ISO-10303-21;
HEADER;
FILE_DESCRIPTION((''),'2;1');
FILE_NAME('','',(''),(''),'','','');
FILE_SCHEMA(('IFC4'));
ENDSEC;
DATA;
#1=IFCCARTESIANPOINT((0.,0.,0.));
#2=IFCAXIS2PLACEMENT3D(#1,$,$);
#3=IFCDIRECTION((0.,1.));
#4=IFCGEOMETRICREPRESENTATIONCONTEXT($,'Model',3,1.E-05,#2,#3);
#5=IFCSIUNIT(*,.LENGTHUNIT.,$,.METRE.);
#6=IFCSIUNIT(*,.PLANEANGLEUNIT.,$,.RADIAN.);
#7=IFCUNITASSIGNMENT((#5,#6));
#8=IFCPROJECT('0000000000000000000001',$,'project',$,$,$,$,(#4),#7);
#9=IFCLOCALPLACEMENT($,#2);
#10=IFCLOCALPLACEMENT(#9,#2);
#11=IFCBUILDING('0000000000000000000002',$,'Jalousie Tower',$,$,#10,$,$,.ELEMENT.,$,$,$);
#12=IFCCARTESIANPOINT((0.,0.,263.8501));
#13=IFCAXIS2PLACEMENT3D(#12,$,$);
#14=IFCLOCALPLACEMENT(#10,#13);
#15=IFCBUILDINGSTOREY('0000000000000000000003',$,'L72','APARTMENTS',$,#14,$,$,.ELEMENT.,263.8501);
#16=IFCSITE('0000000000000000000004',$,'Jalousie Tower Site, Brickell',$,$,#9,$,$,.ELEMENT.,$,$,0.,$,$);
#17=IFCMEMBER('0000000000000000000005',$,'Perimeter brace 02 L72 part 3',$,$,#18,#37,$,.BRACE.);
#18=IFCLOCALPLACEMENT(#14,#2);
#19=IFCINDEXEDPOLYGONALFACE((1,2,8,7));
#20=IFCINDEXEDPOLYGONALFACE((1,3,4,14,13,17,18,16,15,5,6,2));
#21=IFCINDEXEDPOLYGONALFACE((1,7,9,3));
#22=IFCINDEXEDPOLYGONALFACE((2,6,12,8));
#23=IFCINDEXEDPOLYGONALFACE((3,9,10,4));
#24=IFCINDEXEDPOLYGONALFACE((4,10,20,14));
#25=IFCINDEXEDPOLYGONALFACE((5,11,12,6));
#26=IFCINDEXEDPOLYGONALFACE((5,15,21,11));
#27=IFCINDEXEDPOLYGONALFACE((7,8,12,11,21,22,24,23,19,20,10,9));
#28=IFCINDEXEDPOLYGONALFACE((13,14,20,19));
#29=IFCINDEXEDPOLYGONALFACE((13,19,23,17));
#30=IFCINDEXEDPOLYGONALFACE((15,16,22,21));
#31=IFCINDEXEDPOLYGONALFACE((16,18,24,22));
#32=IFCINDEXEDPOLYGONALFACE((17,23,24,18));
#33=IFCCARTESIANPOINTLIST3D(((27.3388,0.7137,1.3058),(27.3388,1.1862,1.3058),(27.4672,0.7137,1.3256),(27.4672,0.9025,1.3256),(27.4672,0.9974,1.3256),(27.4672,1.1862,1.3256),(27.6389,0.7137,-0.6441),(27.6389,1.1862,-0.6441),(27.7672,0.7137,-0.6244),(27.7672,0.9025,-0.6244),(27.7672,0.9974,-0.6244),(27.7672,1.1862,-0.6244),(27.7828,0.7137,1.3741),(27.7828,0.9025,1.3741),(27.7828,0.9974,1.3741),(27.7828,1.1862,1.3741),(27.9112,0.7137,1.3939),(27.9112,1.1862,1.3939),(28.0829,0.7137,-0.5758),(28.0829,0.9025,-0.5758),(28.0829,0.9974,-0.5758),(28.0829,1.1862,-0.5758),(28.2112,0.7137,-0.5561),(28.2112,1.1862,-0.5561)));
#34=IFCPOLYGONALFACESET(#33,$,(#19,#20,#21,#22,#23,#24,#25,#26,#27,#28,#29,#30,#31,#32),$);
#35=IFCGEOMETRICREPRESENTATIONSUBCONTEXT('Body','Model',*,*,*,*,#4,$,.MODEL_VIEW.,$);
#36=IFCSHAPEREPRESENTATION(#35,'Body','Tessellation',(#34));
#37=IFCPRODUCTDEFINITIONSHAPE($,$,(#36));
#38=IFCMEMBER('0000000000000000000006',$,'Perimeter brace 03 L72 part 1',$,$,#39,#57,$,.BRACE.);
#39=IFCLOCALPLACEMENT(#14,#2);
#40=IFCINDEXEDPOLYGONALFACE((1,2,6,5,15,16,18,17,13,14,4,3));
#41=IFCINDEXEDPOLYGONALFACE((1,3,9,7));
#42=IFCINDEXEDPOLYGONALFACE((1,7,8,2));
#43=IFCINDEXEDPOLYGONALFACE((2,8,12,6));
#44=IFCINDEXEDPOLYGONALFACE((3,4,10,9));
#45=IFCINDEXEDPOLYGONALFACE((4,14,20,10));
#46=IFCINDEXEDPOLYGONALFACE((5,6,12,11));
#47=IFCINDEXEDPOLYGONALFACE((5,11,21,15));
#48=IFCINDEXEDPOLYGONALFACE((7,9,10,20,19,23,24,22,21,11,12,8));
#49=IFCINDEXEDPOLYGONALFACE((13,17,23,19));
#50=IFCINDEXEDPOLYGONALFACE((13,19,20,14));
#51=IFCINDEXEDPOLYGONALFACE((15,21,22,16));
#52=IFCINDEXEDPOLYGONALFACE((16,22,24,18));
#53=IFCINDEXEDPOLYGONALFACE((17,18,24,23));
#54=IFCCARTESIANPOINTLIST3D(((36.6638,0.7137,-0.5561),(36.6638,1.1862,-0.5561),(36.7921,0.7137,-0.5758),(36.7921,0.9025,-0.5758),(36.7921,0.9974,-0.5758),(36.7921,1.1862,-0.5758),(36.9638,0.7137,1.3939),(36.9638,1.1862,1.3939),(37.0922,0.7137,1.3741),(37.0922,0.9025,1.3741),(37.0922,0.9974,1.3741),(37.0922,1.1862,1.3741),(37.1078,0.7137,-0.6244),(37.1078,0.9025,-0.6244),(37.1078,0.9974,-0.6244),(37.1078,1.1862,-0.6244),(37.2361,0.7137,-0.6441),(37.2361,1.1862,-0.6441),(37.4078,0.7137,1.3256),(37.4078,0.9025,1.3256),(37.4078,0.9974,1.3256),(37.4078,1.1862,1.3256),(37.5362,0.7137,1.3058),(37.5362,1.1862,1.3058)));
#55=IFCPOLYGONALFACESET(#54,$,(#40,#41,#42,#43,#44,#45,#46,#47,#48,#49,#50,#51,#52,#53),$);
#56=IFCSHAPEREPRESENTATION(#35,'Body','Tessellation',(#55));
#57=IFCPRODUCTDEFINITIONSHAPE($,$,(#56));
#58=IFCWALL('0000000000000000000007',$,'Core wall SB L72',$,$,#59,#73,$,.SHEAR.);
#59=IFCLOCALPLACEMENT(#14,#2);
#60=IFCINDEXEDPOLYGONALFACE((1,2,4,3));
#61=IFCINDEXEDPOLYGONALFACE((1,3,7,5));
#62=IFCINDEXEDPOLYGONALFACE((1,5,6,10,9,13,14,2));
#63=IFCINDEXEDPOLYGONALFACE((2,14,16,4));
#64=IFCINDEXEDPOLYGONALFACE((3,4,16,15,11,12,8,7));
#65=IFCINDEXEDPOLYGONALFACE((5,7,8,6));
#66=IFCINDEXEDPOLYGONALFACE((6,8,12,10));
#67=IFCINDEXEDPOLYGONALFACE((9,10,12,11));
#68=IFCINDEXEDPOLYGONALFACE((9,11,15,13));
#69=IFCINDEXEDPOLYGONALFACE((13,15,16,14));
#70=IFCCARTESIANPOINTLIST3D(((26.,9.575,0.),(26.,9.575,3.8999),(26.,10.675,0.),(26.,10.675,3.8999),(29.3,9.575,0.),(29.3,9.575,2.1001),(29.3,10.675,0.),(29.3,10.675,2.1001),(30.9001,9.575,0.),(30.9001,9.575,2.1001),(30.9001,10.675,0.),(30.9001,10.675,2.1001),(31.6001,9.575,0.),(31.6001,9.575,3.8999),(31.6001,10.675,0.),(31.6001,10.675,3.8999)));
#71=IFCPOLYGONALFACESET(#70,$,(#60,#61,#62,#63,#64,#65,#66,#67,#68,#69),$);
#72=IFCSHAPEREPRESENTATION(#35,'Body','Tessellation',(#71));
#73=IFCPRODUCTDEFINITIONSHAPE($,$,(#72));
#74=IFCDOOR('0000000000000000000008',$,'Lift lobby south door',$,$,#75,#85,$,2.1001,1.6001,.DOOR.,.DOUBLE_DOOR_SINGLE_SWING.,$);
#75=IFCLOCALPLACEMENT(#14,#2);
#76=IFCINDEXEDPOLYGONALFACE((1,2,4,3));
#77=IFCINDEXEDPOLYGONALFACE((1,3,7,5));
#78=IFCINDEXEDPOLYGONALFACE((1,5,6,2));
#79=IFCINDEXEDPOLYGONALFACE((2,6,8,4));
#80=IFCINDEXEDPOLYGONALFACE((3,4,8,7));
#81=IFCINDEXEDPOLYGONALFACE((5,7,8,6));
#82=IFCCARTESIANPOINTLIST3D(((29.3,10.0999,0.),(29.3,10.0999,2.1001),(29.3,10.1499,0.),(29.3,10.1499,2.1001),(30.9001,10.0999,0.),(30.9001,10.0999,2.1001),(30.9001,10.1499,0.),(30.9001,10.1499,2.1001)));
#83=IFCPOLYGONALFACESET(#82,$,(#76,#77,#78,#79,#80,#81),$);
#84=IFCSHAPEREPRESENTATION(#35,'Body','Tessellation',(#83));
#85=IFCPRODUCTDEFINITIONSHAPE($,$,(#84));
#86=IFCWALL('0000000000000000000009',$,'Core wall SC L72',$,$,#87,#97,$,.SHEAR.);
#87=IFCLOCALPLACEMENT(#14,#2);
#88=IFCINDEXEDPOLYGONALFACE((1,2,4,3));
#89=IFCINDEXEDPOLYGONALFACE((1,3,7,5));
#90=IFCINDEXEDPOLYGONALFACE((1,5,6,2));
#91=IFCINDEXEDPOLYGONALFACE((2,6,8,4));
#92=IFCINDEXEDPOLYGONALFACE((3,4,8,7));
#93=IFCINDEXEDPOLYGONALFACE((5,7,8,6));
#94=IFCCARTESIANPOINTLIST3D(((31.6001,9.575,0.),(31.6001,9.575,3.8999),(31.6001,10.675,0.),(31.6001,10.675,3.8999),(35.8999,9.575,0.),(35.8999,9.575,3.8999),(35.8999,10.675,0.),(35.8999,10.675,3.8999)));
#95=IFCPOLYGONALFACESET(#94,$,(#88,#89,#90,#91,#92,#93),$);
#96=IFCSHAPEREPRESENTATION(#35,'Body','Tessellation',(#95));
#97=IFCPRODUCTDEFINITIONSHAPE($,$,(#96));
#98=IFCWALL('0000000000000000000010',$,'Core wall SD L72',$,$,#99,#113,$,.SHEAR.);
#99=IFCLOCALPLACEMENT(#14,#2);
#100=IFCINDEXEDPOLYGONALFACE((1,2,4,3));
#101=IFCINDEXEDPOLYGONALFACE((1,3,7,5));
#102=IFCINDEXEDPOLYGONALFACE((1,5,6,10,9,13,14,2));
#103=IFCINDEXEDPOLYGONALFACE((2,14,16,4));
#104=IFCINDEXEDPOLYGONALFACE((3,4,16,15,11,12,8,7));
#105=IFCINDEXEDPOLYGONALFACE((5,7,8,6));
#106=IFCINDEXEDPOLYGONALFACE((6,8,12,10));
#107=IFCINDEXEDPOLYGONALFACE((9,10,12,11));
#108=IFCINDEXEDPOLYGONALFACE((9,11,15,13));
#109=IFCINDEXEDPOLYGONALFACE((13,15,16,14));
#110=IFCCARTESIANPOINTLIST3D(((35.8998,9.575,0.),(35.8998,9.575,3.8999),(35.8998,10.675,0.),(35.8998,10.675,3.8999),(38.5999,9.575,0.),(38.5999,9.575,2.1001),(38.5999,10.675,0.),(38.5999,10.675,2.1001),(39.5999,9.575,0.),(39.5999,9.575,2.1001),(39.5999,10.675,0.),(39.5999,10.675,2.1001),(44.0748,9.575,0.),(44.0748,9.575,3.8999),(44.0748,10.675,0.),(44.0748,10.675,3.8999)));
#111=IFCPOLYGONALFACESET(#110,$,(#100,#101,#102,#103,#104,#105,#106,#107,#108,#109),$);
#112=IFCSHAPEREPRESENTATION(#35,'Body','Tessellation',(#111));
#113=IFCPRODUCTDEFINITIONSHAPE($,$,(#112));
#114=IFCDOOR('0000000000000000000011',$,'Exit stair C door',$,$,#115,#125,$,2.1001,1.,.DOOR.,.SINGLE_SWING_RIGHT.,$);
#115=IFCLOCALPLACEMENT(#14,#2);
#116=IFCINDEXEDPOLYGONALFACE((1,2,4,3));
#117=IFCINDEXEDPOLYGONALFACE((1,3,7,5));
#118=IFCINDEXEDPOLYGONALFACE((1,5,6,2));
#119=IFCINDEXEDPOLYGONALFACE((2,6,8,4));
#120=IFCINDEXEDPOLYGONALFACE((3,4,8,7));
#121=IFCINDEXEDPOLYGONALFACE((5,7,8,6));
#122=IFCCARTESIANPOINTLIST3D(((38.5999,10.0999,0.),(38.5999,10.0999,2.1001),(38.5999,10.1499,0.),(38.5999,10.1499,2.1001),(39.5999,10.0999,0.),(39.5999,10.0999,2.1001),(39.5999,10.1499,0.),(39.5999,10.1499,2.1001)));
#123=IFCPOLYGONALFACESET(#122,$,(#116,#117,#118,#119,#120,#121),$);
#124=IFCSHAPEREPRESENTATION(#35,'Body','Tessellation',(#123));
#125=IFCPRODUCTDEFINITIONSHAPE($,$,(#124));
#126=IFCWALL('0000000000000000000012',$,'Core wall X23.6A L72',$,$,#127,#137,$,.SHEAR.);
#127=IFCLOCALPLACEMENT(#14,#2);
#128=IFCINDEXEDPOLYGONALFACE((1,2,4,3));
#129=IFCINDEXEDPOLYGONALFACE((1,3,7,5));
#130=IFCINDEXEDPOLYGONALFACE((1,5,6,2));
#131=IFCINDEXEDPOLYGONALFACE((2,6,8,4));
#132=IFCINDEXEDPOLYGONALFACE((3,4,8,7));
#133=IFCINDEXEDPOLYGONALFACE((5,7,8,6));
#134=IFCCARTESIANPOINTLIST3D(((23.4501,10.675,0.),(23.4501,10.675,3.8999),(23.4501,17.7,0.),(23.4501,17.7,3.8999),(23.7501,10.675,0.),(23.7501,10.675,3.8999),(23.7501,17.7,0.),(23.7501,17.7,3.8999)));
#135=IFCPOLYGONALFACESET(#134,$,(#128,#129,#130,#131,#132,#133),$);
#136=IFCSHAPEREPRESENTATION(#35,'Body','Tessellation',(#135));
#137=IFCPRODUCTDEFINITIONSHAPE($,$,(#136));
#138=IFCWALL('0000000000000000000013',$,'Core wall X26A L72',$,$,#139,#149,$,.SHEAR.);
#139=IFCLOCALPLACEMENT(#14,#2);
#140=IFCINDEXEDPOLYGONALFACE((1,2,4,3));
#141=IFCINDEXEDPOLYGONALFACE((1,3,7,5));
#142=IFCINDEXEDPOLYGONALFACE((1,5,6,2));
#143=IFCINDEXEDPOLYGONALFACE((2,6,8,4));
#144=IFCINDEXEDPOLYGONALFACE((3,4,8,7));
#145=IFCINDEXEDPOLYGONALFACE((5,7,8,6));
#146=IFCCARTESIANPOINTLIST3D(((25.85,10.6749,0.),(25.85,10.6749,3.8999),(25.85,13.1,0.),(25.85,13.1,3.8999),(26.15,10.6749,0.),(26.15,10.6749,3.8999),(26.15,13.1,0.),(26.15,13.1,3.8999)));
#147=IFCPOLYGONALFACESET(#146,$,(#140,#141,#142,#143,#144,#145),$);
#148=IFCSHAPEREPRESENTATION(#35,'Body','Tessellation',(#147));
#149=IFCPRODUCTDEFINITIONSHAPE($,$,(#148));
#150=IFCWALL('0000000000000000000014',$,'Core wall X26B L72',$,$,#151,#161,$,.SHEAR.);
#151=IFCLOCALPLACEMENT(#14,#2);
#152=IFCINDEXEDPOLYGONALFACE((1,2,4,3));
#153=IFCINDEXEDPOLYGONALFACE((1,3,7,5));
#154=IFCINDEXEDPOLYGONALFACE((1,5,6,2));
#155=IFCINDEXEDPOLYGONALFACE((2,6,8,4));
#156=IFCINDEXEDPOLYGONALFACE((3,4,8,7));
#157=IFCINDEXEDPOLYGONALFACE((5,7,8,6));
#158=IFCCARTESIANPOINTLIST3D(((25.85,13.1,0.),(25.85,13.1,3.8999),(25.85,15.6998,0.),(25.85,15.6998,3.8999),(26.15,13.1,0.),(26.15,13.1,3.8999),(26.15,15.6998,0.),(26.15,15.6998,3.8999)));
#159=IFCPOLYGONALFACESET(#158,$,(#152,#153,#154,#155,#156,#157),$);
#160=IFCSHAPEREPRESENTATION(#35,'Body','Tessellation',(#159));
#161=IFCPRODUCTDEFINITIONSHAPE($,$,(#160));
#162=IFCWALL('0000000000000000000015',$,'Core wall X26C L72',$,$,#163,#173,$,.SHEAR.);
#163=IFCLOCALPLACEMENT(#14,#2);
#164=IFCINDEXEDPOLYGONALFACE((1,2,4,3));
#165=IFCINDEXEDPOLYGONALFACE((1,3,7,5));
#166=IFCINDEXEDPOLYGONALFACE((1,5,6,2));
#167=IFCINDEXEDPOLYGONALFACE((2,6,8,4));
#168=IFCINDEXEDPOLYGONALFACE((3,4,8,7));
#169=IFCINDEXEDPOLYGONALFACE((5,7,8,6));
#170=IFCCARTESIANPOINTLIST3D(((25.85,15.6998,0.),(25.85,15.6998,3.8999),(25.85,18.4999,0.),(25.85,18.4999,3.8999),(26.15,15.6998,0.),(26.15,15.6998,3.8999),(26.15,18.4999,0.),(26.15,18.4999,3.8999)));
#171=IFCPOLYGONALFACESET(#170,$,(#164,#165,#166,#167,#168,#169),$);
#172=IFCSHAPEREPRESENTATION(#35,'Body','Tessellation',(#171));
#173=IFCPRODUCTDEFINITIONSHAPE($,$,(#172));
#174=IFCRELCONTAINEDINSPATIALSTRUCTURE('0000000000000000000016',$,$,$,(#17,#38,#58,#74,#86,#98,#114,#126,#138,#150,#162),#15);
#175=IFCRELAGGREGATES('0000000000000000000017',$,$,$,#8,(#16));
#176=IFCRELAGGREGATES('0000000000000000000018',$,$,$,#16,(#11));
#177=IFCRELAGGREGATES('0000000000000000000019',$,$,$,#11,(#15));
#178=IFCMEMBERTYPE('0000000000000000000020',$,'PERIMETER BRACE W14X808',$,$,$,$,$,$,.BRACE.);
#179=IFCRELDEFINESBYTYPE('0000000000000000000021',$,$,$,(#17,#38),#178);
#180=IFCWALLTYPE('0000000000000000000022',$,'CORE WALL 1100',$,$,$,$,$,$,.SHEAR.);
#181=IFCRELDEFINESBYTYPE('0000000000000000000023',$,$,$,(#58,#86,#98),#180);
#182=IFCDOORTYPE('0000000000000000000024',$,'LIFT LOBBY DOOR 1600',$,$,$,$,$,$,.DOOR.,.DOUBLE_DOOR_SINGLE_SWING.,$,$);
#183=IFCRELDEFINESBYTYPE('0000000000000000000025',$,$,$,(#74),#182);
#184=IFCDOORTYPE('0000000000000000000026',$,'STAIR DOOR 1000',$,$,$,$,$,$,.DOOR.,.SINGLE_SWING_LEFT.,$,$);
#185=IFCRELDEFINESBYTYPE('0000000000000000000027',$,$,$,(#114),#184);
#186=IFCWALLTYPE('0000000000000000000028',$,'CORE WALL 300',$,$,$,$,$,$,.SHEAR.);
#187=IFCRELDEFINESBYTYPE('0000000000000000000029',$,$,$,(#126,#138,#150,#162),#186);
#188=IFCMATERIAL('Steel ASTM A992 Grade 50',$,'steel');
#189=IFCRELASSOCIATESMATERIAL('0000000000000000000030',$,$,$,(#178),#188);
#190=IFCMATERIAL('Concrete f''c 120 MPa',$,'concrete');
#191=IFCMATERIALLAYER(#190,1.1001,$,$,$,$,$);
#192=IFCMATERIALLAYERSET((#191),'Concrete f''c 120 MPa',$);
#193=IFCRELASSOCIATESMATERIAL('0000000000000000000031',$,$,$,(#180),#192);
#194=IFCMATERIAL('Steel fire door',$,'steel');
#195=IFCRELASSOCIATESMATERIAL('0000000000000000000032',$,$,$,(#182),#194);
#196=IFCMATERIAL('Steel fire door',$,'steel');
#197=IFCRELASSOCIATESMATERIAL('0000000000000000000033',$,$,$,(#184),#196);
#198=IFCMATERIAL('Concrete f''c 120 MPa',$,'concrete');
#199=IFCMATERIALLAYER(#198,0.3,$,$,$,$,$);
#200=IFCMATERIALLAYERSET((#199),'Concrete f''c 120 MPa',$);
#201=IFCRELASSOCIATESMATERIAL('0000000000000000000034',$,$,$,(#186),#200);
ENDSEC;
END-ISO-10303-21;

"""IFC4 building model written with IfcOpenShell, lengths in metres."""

from ifc_helpers import new_model, si_unit, direction, frame, frame_2d, origin, origin_2d, place, context, subcontext, project, spatial, rectangle, i_section, extrude, material, layer, layer_set, material_profile, profile_set, type_object, element, fill, save


model = new_model("IFC4")

# Units and contexts
model_context = context("Model", 3, precision=1e-05, world=origin(), true_north=direction((0.0, 1.0)))
body_context = subcontext(model_context, "Body", "Model", "MODEL_VIEW")
ifc_project = project(units=[si_unit("LENGTHUNIT", "METRE"), si_unit("PLANEANGLEUNIT", "RADIAN")], contexts=[model_context])

# Site, building, storey
site_placement = place(None, origin())
site = spatial("IfcSite", under=ifc_project, at=site_placement, Name="Jalousie Tower Site, Brickell", CompositionType="ELEMENT", RefElevation=0.0)
building_placement = place(site_placement, origin())
building = spatial("IfcBuilding", under=site, at=building_placement, Name="Jalousie Tower", CompositionType="ELEMENT")
storey_placement = place(building_placement, frame((0.0, 0.0, 263.8501)))
storey = spatial("IfcBuildingStorey", under=building, at=storey_placement, Name="L72", Description="APARTMENTS", CompositionType="ELEMENT", Elevation=263.8501)

# Members
ifc_material_1 = material(Name="Steel ASTM A992 Grade 50", Category="steel")
ifc_material_profile = material_profile(ifc_material_1, i_section(OverallWidth=0.4724, OverallDepth=0.5791, WebThickness=0.095, FlangeThickness=0.1299, at=origin_2d()), Name="W14X808")
ifc_profile_set = profile_set([ifc_material_profile], Name="Steel ASTM A992 Grade 50")
member_type = type_object("IfcMemberType", Name="PERIMETER BRACE W14X808", PredefinedType="BRACE", material=ifc_profile_set)
for number, where, z_axis, x_axis, name in (
    (1, (27.925, 0.95, -0.6001), (-0.152085, 0.0, 0.988367), (0.0, -1.0, 0.0), "Perimeter brace 02 L72 part 3"),
    (2, (36.95, 0.95, -0.6001), (0.152085, 0.0, 0.988367), (0.0, 1.0, 0.0), "Perimeter brace 03 L72 part 1"),
):
    element("IfcMember", number, at=place(storey_placement, frame(where, z_axis=z_axis, x_axis=x_axis)), inside=storey, type_object=member_type, Name=name, PredefinedType="BRACE", context=body_context, shape_type="SweptSolid", body=[
        extrude(i_section(OverallWidth=0.4724, OverallDepth=0.5791, WebThickness=0.095, FlangeThickness=0.1299, at=origin_2d()), origin(), (0.0, 0.0, 1.0), 1.9729),
    ])

# Wall, opening, door
ifc_material_2 = material(Name="Concrete f'c 120 MPa", Category="concrete")
ifc_layer_1 = layer(ifc_material_2, 1.1001)
ifc_layer_set_1 = layer_set([ifc_layer_1], Name="Concrete f'c 120 MPa")
wall_type_1 = type_object("IfcWallType", Name="CORE WALL 1100", PredefinedType="SHEAR", material=ifc_layer_set_1)
wall_1_placement = place(storey_placement, frame((26.0, 10.125, 0.0), z_axis=(0.0, 0.0, 1.0), x_axis=(1.0, 0.0, 0.0)))
wall_1 = element("IfcWall", 3, at=wall_1_placement, inside=storey, type_object=wall_type_1, Name="Core wall SB L72", PredefinedType="SHEAR", context=body_context, shape_type="SweptSolid", body=[
    extrude(rectangle(XDim=5.6001, YDim=1.1001, at=frame_2d((2.8, 0.0))), origin(), (0.0, 0.0, 1.0), 3.8999),
])
opening_1_placement = place(wall_1_placement, frame((3.3, 0.0, 0.0)))
opening_1 = element("IfcOpeningElement", 4, at=opening_1_placement, cuts=wall_1, PredefinedType="OPENING", context=body_context, shape_type="SweptSolid", body=[
    extrude(rectangle(XDim=1.6001, YDim=2.1001, at=frame_2d((0.8, 1.05))), frame((0.0, 0.5601, 0.0), z_axis=(0.0, -1.0, 0.0), x_axis=(1.0, 0.0, 0.0)), (0.0, 0.0, 1.0), 1.1201),
])
ifc_material_3 = material(Name="Steel fire door", Category="steel")
door_type_1 = type_object("IfcDoorType", Name="LIFT LOBBY DOOR 1600", OperationType="DOUBLE_DOOR_SINGLE_SWING", PredefinedType="DOOR", material=ifc_material_3)
door_1_placement = place(opening_1_placement, origin())
door_1 = element("IfcDoor", 5, at=door_1_placement, inside=storey, type_object=door_type_1, Name="Lift lobby south door", OperationType="DOUBLE_DOOR_SINGLE_SWING", OverallHeight=2.1001, OverallWidth=1.6001, PredefinedType="DOOR", context=body_context, shape_type="SweptSolid", body=[
    extrude(rectangle(XDim=1.6001, YDim=2.1001, at=frame_2d((0.8, 1.05))), frame((0.0, 0.0249, 0.0), z_axis=(0.0, -1.0, 0.0), x_axis=(1.0, 0.0, 0.0)), (0.0, 0.0, 1.0), 0.05),
])
fill(opening_1, door_1)

# Wall
wall_2_placement = place(storey_placement, frame((31.6001, 10.125, 0.0), z_axis=(0.0, 0.0, 1.0), x_axis=(1.0, 0.0, 0.0)))
element("IfcWall", 6, at=wall_2_placement, inside=storey, type_object=wall_type_1, Name="Core wall SC L72", PredefinedType="SHEAR", context=body_context, shape_type="SweptSolid", body=[
    extrude(rectangle(XDim=4.2998, YDim=1.1001, at=frame_2d((2.1499, 0.0))), origin(), (0.0, 0.0, 1.0), 3.8999),
])

# Wall, opening, door
wall_3_placement = place(storey_placement, frame((35.8999, 10.125, 0.0), z_axis=(0.0, 0.0, 1.0), x_axis=(1.0, 0.0, 0.0)))
wall_3 = element("IfcWall", 7, at=wall_3_placement, inside=storey, type_object=wall_type_1, Name="Core wall SD L72", PredefinedType="SHEAR", context=body_context, shape_type="SweptSolid", body=[
    extrude(rectangle(XDim=8.175, YDim=1.1001, at=frame_2d((4.0874, 0.0))), origin(), (0.0, 0.0, 1.0), 3.8999),
])
opening_2_placement = place(wall_3_placement, frame((2.7, 0.0, 0.0)))
opening_2 = element("IfcOpeningElement", 8, at=opening_2_placement, cuts=wall_3, PredefinedType="OPENING", context=body_context, shape_type="SweptSolid", body=[
    extrude(rectangle(XDim=1.0, YDim=2.1001, at=frame_2d((0.5, 1.05))), frame((0.0, 0.5601, 0.0), z_axis=(0.0, -1.0, 0.0), x_axis=(1.0, 0.0, 0.0)), (0.0, 0.0, 1.0), 1.1201),
])
ifc_material_4 = material(Name="Steel fire door", Category="steel")
door_type_2 = type_object("IfcDoorType", Name="STAIR DOOR 1000", OperationType="SINGLE_SWING_LEFT", PredefinedType="DOOR", material=ifc_material_4)
door_2_placement = place(opening_2_placement, origin())
door_2 = element("IfcDoor", 9, at=door_2_placement, inside=storey, type_object=door_type_2, Name="Exit stair C door", OperationType="SINGLE_SWING_RIGHT", OverallHeight=2.1001, OverallWidth=1.0, PredefinedType="DOOR", context=body_context, shape_type="SweptSolid", body=[
    extrude(rectangle(XDim=1.0, YDim=2.1001, at=frame_2d((0.5, 1.05))), frame((0.0, 0.0249, 0.0), z_axis=(0.0, -1.0, 0.0), x_axis=(1.0, 0.0, 0.0)), (0.0, 0.0, 1.0), 0.05),
])
fill(opening_2, door_2)

# Walls
ifc_material_5 = material(Name="Concrete f'c 120 MPa", Category="concrete")
ifc_layer_2 = layer(ifc_material_5, 0.3)
ifc_layer_set_2 = layer_set([ifc_layer_2], Name="Concrete f'c 120 MPa")
wall_type_2 = type_object("IfcWallType", Name="CORE WALL 300", PredefinedType="SHEAR", material=ifc_layer_set_2)
wall_4_placement = place(storey_placement, frame((23.6001, 10.675, 0.0), z_axis=(0.0, 0.0, 1.0), x_axis=(0.0, 1.0, 0.0)))
element("IfcWall", 10, at=wall_4_placement, inside=storey, type_object=wall_type_2, Name="Core wall X23.6A L72", PredefinedType="SHEAR", context=body_context, shape_type="SweptSolid", body=[
    extrude(rectangle(XDim=7.0249, YDim=0.3, at=frame_2d((3.5125, 0.0))), origin(), (0.0, 0.0, 1.0), 3.8999),
])
wall_5_placement = place(storey_placement, frame((26.0, 10.675, 0.0), z_axis=(0.0, 0.0, 1.0), x_axis=(0.0, 1.0, 0.0)))
element("IfcWall", 11, at=wall_5_placement, inside=storey, type_object=wall_type_2, Name="Core wall X26A L72", PredefinedType="SHEAR", context=body_context, shape_type="SweptSolid", body=[
    extrude(rectangle(XDim=2.425, YDim=0.3, at=frame_2d((1.2124, 0.0))), origin(), (0.0, 0.0, 1.0), 3.8999),
])
wall_6_placement = place(storey_placement, frame((26.0, 13.1001, 0.0), z_axis=(0.0, 0.0, 1.0), x_axis=(0.0, 1.0, 0.0)))
element("IfcWall", 12, at=wall_6_placement, inside=storey, type_object=wall_type_2, Name="Core wall X26B L72", PredefinedType="SHEAR", context=body_context, shape_type="SweptSolid", body=[
    extrude(rectangle(XDim=2.5999, YDim=0.3, at=frame_2d((1.2998, 0.0))), origin(), (0.0, 0.0, 1.0), 3.8999),
])
wall_7_placement = place(storey_placement, frame((26.0, 15.7, 0.0), z_axis=(0.0, 0.0, 1.0), x_axis=(0.0, 1.0, 0.0)))
element("IfcWall", 13, at=wall_7_placement, inside=storey, type_object=wall_type_2, Name="Core wall X26C L72", PredefinedType="SHEAR", context=body_context, shape_type="SweptSolid", body=[
    extrude(rectangle(XDim=2.8, YDim=0.3, at=frame_2d((1.3999, 0.0))), origin(), (0.0, 0.0, 1.0), 3.8999),
])

save(model, "model.ifc")
